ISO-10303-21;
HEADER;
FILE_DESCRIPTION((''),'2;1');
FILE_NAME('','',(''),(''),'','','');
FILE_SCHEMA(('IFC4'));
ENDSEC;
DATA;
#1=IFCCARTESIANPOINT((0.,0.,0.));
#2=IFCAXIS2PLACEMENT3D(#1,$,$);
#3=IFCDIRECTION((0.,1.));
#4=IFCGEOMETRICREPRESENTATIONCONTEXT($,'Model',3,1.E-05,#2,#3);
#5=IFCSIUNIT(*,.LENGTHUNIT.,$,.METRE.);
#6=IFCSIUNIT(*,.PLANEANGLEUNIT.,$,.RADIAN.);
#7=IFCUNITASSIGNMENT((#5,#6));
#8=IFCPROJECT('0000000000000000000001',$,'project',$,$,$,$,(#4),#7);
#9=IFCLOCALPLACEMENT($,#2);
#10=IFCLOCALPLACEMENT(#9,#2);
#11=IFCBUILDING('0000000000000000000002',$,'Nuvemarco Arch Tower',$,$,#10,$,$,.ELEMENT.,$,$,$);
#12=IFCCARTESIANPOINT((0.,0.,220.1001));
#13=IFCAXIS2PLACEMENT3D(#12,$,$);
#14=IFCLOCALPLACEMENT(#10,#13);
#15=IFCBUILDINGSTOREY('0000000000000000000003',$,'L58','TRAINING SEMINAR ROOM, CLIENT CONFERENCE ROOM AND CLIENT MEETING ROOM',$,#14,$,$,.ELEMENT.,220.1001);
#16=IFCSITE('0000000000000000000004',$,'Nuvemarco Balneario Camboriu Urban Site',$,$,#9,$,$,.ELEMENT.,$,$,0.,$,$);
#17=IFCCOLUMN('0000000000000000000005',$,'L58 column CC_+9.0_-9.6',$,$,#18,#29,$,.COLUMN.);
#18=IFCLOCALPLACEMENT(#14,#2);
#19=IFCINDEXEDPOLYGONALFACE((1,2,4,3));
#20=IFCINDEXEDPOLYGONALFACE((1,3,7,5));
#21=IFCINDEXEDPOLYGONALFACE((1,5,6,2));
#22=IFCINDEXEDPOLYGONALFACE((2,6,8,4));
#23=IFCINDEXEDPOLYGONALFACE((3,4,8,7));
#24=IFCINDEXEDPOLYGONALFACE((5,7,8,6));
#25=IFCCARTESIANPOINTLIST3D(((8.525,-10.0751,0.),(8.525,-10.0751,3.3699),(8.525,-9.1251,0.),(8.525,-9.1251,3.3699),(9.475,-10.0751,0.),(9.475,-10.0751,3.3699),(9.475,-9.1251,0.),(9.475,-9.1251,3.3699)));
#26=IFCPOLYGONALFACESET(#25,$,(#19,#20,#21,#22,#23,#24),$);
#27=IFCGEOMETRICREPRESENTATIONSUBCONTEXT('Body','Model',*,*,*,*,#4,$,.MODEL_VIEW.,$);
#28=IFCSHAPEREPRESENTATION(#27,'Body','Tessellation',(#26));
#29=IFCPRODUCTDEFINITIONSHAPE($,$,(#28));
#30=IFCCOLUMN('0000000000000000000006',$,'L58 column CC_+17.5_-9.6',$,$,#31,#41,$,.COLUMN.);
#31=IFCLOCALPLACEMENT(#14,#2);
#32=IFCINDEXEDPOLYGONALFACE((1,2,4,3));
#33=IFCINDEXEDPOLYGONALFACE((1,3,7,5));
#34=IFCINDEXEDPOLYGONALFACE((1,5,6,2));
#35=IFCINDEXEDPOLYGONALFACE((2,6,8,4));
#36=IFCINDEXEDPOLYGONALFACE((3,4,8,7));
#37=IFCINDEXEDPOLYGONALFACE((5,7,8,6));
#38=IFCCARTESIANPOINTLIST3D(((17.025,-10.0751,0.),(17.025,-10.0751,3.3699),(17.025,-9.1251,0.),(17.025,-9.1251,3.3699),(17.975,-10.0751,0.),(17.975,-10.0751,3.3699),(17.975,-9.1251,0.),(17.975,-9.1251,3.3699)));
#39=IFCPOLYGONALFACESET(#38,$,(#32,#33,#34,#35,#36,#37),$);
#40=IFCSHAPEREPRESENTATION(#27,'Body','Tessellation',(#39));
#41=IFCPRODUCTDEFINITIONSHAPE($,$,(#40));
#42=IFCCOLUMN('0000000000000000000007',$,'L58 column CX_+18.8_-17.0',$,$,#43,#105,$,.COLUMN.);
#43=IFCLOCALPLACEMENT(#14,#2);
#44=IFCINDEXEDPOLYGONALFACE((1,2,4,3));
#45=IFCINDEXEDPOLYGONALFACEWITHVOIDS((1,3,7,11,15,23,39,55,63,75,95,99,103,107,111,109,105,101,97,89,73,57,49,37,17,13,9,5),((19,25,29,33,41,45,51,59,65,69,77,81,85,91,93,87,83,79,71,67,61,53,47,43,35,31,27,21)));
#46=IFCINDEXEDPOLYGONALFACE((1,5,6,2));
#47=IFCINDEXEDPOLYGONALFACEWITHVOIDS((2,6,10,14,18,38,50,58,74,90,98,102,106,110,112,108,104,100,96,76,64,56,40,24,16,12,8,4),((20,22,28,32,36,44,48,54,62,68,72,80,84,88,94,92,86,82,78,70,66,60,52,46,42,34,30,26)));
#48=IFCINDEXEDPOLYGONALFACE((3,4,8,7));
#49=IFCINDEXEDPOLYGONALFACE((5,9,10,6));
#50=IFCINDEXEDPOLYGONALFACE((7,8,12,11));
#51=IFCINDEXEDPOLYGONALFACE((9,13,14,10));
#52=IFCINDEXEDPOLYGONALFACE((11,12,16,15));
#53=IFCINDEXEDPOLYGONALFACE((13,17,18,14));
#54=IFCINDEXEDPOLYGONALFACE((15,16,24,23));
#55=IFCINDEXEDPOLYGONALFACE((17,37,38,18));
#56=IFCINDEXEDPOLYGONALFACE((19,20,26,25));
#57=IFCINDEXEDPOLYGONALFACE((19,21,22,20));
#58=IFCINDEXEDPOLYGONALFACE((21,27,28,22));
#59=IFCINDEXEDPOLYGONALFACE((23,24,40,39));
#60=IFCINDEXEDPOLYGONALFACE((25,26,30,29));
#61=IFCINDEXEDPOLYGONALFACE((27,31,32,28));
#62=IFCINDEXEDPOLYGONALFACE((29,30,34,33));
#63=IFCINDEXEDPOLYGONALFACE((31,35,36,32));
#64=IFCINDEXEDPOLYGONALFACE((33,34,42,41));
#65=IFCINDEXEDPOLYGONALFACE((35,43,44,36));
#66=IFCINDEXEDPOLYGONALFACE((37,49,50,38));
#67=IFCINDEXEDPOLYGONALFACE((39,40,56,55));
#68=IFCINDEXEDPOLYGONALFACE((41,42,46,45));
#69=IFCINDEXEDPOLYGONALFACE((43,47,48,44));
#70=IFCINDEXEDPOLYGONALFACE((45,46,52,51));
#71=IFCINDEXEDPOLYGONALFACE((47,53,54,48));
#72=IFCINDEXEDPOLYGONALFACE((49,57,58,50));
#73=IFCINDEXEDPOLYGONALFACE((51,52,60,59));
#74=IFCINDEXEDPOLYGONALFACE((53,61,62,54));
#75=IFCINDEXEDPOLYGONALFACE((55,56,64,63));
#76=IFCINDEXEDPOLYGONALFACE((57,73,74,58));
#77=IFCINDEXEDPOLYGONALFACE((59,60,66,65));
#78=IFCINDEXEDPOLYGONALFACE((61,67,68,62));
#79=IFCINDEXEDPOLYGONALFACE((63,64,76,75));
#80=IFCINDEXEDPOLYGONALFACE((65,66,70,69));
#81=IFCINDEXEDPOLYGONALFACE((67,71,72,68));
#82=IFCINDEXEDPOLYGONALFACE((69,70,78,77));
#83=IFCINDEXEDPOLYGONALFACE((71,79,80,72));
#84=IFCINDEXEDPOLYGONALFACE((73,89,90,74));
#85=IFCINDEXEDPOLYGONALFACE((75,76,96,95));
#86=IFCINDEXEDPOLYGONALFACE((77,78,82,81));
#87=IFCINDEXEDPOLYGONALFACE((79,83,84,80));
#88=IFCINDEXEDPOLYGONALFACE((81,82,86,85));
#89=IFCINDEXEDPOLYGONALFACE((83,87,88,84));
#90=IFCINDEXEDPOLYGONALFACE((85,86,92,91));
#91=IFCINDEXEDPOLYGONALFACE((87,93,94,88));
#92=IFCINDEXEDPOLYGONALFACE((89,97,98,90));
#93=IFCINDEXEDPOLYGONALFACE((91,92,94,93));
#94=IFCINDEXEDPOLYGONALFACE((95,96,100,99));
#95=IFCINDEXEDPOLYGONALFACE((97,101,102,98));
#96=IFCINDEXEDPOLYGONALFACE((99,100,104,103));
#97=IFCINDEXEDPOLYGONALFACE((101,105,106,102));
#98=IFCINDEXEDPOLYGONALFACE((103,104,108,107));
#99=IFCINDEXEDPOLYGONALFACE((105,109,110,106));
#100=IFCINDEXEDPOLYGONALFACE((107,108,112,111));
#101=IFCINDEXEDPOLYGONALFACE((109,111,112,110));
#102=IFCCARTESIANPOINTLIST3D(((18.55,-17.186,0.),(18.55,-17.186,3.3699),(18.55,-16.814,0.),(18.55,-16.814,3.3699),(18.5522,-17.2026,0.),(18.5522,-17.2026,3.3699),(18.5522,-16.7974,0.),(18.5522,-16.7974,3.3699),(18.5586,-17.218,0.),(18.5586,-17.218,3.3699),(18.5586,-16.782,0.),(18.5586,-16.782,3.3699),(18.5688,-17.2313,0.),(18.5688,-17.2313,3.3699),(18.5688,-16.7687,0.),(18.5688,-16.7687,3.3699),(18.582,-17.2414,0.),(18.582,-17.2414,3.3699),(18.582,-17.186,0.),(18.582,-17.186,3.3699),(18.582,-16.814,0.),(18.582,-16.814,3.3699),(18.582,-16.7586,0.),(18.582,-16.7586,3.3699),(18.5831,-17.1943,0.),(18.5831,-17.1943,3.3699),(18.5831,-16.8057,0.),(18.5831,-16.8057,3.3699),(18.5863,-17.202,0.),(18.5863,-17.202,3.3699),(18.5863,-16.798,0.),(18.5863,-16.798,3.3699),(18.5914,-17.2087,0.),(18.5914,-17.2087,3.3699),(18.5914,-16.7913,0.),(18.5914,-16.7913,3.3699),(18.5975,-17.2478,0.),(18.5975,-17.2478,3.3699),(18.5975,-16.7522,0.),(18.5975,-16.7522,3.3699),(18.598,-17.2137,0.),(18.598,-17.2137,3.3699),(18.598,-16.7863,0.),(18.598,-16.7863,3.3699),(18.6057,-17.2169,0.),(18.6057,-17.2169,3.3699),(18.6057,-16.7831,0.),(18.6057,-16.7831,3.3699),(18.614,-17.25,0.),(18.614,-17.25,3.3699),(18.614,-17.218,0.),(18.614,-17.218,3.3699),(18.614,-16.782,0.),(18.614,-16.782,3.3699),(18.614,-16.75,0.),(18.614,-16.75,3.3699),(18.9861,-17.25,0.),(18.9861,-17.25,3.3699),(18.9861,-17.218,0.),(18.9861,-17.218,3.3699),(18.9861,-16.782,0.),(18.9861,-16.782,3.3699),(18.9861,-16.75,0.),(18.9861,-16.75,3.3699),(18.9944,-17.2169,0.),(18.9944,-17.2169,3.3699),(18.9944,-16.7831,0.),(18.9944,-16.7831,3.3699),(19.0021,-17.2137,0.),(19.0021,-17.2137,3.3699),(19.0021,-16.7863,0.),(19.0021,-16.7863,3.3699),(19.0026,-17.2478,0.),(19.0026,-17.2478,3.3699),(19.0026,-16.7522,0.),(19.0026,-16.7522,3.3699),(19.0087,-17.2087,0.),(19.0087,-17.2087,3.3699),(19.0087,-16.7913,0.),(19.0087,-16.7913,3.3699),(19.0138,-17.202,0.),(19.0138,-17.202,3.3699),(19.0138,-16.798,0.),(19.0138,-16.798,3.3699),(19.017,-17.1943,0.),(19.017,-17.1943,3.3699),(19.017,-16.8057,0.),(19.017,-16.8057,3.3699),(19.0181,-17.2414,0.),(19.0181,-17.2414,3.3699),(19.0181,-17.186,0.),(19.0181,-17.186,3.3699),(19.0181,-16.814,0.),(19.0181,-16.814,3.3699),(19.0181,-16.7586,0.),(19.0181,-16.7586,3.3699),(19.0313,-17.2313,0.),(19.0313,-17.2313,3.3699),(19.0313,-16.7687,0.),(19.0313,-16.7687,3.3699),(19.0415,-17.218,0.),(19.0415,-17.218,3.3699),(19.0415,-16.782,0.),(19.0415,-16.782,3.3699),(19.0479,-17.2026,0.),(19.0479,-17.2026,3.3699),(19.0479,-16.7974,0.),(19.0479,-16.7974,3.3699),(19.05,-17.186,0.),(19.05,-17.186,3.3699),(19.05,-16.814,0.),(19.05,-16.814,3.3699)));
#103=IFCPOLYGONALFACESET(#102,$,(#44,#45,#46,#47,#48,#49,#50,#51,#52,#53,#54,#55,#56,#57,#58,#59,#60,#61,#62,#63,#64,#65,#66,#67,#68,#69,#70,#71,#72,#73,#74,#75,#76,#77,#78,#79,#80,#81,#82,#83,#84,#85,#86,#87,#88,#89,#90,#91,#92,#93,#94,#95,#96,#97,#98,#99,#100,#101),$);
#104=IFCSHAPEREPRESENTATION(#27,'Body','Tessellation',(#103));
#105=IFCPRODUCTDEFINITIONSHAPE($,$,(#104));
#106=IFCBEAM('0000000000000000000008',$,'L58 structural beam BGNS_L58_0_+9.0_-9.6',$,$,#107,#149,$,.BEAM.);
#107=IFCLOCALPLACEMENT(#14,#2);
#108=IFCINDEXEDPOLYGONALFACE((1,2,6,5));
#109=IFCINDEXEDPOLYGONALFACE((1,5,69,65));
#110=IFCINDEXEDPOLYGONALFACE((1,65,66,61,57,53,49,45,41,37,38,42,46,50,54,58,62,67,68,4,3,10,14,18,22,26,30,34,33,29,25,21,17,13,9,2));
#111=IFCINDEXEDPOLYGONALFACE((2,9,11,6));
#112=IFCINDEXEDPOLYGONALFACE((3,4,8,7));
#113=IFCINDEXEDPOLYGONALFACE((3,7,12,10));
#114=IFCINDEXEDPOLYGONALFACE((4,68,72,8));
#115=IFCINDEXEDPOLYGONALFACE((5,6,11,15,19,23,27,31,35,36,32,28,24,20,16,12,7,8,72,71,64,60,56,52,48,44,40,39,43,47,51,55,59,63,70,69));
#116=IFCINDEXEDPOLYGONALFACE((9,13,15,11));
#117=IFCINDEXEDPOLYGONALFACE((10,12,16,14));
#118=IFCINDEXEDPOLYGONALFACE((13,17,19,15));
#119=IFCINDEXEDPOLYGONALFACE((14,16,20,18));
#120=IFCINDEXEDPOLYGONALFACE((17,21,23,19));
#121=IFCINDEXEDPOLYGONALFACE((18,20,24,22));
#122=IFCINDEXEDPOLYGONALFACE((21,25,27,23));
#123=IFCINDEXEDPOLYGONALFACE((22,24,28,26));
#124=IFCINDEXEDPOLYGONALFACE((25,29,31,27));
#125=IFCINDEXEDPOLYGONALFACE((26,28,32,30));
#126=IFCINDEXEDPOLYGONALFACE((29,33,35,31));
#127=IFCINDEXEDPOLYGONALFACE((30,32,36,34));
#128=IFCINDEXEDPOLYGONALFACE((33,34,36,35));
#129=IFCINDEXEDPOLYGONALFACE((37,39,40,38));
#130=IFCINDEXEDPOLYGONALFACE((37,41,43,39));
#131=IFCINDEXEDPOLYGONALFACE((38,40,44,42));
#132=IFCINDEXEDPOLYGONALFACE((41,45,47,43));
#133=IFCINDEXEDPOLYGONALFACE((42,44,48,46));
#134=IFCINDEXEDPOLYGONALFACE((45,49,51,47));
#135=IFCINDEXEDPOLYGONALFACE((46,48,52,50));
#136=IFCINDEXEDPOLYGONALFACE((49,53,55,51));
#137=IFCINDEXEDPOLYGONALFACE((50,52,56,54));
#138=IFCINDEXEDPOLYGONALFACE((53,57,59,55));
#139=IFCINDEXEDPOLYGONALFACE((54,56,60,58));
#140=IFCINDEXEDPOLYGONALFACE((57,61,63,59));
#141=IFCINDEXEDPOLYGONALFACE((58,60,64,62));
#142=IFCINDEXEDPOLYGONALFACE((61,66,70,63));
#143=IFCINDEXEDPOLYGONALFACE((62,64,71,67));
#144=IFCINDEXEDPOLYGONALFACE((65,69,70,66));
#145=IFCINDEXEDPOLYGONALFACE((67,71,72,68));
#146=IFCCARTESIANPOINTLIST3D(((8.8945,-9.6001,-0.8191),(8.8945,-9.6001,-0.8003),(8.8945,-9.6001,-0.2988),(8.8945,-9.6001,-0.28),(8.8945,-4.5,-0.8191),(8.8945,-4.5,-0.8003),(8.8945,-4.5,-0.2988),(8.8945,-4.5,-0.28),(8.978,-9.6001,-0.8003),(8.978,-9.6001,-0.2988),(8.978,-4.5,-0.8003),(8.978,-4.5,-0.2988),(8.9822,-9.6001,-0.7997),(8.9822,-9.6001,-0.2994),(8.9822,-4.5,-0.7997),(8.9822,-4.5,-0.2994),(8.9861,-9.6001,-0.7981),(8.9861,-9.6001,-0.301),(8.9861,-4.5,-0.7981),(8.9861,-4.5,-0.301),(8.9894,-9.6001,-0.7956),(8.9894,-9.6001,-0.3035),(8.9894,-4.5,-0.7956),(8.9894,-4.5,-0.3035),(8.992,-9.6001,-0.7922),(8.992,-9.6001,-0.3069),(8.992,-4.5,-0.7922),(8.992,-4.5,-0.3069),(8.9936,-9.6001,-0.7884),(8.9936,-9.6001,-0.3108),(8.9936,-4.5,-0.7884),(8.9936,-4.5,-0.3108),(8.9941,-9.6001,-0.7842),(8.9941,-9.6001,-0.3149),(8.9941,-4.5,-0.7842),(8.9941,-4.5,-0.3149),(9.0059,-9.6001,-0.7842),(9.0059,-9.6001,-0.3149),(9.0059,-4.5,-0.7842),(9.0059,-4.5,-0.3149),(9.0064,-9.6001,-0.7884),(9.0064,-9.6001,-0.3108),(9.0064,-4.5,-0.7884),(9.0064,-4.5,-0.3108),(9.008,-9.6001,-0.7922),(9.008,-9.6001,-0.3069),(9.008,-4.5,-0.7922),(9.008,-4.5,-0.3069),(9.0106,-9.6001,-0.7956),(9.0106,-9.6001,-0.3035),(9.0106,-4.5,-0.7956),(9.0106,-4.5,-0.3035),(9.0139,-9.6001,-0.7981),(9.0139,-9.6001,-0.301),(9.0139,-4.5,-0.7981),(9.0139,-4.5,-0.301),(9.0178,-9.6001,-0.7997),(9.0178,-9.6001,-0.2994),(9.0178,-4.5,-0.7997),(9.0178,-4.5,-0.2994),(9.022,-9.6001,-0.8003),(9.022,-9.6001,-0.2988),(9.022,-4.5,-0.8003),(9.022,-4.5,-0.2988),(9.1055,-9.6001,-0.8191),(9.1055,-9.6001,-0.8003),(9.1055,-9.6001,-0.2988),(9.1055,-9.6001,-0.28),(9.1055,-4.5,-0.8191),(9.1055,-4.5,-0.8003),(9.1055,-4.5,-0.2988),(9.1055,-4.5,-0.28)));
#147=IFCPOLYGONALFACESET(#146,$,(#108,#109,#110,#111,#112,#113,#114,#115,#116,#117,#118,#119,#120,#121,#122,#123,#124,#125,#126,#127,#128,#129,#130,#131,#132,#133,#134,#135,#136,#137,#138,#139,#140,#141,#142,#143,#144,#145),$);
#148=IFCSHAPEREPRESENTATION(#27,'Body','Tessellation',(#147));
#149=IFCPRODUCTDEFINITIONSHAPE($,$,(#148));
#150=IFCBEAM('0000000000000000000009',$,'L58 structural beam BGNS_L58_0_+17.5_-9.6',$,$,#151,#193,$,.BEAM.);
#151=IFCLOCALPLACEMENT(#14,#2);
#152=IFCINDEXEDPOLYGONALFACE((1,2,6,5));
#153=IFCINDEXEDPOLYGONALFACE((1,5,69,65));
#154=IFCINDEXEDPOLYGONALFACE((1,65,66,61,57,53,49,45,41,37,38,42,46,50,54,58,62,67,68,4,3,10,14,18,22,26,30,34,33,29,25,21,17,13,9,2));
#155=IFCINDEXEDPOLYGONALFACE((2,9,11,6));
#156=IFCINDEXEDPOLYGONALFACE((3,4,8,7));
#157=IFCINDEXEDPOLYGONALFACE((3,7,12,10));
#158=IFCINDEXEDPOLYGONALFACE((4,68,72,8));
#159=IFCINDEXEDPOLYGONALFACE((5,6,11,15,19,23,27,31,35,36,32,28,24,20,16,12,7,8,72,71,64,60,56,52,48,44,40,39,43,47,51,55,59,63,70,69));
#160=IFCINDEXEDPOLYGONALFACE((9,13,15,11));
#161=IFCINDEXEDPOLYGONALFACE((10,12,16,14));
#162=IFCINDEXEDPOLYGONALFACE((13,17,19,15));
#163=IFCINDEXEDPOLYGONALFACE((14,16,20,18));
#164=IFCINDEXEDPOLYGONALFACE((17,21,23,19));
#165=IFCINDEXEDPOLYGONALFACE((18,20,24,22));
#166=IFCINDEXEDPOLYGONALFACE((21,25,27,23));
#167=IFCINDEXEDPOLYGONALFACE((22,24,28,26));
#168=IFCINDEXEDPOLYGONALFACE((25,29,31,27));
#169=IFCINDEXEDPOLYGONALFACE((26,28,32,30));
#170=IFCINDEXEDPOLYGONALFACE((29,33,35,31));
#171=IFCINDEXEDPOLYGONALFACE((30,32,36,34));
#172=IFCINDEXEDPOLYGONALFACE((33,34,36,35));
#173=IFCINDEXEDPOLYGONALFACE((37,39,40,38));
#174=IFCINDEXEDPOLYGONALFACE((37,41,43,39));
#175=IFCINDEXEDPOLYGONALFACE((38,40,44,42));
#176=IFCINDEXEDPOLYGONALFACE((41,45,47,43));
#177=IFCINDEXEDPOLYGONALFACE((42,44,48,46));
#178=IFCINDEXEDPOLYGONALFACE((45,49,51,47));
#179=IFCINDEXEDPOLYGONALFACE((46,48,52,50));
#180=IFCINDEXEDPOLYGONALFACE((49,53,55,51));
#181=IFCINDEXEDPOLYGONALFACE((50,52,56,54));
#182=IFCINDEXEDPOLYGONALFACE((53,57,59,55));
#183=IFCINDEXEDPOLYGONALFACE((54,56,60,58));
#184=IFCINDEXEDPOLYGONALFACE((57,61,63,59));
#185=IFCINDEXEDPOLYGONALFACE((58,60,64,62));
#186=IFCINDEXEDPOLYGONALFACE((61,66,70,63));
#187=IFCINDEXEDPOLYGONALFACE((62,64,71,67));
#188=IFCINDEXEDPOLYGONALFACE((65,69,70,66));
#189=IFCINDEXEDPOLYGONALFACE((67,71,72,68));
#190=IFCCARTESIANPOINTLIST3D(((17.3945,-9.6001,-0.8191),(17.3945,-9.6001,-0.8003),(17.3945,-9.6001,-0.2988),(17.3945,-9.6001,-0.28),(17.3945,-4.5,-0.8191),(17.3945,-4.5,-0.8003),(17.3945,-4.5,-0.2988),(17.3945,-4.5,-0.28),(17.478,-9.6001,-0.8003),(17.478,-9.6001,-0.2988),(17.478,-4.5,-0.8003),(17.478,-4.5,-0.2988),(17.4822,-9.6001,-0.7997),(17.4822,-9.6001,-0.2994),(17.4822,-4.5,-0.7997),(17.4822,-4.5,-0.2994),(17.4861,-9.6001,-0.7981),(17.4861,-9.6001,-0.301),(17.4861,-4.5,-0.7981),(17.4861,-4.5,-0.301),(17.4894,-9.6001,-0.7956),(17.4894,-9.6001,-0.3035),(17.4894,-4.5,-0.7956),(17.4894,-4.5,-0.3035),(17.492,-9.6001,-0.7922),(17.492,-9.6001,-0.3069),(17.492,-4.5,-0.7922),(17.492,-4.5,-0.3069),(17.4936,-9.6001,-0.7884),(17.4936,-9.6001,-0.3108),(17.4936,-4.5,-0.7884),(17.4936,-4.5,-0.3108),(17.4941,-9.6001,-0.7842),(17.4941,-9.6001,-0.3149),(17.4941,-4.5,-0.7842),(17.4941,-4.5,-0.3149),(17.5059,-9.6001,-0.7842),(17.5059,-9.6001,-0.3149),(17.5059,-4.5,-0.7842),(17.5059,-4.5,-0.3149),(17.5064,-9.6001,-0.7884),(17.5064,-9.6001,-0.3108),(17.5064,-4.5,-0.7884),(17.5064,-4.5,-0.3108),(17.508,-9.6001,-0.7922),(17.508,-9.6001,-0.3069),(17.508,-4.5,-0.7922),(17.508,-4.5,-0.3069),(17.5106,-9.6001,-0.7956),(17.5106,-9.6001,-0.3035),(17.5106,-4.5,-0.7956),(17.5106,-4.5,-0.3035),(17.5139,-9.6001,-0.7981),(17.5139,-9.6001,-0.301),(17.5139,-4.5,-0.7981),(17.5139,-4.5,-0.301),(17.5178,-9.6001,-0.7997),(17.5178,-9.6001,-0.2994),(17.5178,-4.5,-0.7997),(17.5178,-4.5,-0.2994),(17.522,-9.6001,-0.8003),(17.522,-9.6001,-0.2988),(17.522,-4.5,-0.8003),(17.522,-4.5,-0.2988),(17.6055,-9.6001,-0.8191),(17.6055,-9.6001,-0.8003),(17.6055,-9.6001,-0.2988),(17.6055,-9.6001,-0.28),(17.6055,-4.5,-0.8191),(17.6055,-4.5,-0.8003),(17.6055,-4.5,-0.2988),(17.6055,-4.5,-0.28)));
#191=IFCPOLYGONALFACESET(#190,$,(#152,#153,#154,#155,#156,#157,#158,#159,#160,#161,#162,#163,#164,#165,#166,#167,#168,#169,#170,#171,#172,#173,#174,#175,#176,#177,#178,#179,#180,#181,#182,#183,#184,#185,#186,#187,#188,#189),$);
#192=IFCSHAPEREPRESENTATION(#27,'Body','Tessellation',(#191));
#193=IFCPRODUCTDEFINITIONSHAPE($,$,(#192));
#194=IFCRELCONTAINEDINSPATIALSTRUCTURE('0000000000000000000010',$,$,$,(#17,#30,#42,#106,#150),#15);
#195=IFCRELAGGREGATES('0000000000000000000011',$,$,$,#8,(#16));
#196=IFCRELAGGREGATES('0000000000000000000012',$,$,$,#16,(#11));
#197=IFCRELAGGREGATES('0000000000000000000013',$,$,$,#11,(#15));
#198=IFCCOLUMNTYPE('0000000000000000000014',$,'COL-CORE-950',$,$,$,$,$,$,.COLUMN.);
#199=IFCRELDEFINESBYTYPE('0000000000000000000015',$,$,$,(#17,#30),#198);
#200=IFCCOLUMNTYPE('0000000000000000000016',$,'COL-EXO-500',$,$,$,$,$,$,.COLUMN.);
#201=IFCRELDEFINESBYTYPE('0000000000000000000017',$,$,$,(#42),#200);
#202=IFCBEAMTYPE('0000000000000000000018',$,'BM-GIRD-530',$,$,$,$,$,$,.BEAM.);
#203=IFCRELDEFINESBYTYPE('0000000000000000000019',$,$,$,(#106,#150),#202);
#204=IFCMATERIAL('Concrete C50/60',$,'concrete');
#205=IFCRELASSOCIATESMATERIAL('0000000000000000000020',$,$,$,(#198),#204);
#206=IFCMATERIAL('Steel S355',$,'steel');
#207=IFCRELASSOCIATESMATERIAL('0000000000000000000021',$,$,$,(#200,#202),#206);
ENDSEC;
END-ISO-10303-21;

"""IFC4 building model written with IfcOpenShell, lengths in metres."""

from ifc_helpers import new_model, si_unit, direction, frame, origin, origin_2d, place, context, subcontext, project, spatial, rectangle, hollow_rectangle, i_section, extrude, material, material_profile, profile_set, type_object, element, save


model = new_model("IFC4")

# Units and contexts
model_context = context("Model", 3, precision=1e-05, world=origin(), true_north=direction((0.0, 1.0)))
body_context = subcontext(model_context, "Body", "Model", "MODEL_VIEW")
ifc_project = project(units=[si_unit("LENGTHUNIT", "METRE"), si_unit("PLANEANGLEUNIT", "RADIAN")], contexts=[model_context])

# Site, building, storey
site_placement = place(None, origin())
site = spatial("IfcSite", under=ifc_project, at=site_placement, Name="Nuvemarco Balneario Camboriu Urban Site", CompositionType="ELEMENT", RefElevation=0.0)
building_placement = place(site_placement, origin())
building = spatial("IfcBuilding", under=site, at=building_placement, Name="Nuvemarco Arch Tower", CompositionType="ELEMENT")
storey_placement = place(building_placement, frame((0.0, 0.0, 220.1001)))
storey = spatial("IfcBuildingStorey", under=building, at=storey_placement, Name="L58", Description="TRAINING SEMINAR ROOM, CLIENT CONFERENCE ROOM AND CLIENT MEETING ROOM", CompositionType="ELEMENT", Elevation=220.1001)

# Columns
ifc_material_1 = material(Name="Concrete C50/60", Category="concrete")
ifc_material_profile_1 = material_profile(ifc_material_1, rectangle(XDim=0.95, YDim=0.95, at=origin_2d()), Name="RC-COL-950x950")
ifc_profile_set_1 = profile_set([ifc_material_profile_1], Name="Concrete C50/60")
column_type_1 = type_object("IfcColumnType", Name="COL-CORE-950", PredefinedType="COLUMN", material=ifc_profile_set_1)
for number, where, z_axis, x_axis, name in (
    (1, (9.0, -9.6001, 0.0), (0.0, 0.0, 1.0), (1.0, 0.0, 0.0), "L58 column CC_+9.0_-9.6"),
    (2, (17.5, -9.6001, 0.0), (0.0, 0.0, 1.0), (1.0, 0.0, 0.0), "L58 column CC_+17.5_-9.6"),
):
    element("IfcColumn", number, at=place(storey_placement, frame(where, z_axis=z_axis, x_axis=x_axis)), inside=storey, type_object=column_type_1, Name=name, PredefinedType="COLUMN", context=body_context, shape_type="SweptSolid", body=[
        extrude(rectangle(XDim=0.95, YDim=0.95, at=origin_2d()), origin(), (0.0, 0.0, 1.0), 3.3699),
    ])
ifc_material_2 = material(Name="Steel S355", Category="steel")
ifc_material_profile_2 = material_profile(ifc_material_2, hollow_rectangle(XDim=0.5, YDim=0.5, WallThickness=0.032, InnerFilletRadius=0.032, OuterFilletRadius=0.064, at=origin_2d()), Name="SHS500x500x32")
ifc_profile_set_2 = profile_set([ifc_material_profile_2], Name="Steel S355")
column_type_2 = type_object("IfcColumnType", Name="COL-EXO-500", PredefinedType="COLUMN", material=ifc_profile_set_2)
column_placement = place(storey_placement, frame((18.8, -17.0, 0.0), z_axis=(0.0, 0.0, 1.0), x_axis=(1.0, 0.0, 0.0)))
element("IfcColumn", 3, at=column_placement, inside=storey, type_object=column_type_2, Name="L58 column CX_+18.8_-17.0", PredefinedType="COLUMN", context=body_context, shape_type="SweptSolid", body=[
    extrude(hollow_rectangle(XDim=0.5, YDim=0.5, WallThickness=0.032, InnerFilletRadius=0.032, OuterFilletRadius=0.064, at=origin_2d()), origin(), (0.0, 0.0, 1.0), 3.3699),
])

# Beams
ifc_material_profile_3 = material_profile(ifc_material_2, i_section(OverallWidth=0.2109, OverallDepth=0.5391, WebThickness=0.0117, FlangeThickness=0.0188, FilletRadius=0.0161, at=origin_2d()), Name="W530x109")
ifc_profile_set_3 = profile_set([ifc_material_profile_3], Name="Steel S355")
beam_type_1 = type_object("IfcBeamType", Name="BM-GIRD-530", PredefinedType="BEAM", material=ifc_profile_set_3)
for number, where, z_axis, x_axis, name in (
    (4, (9.0, -9.6001, -0.5496), (0.0, 1.0, 0.0), (-1.0, 0.0, 0.0), "L58 structural beam BGNS_L58_0_+9.0_-9.6"),
    (5, (17.5, -9.6001, -0.5496), (0.0, 1.0, 0.0), (-1.0, 0.0, 0.0), "L58 structural beam BGNS_L58_0_+17.5_-9.6"),
):
    element("IfcBeam", number, at=place(storey_placement, frame(where, z_axis=z_axis, x_axis=x_axis)), inside=storey, type_object=beam_type_1, Name=name, PredefinedType="BEAM", context=body_context, shape_type="SweptSolid", body=[
        extrude(i_section(OverallWidth=0.2109, OverallDepth=0.5391, WebThickness=0.0117, FlangeThickness=0.0188, FilletRadius=0.0161, at=origin_2d()), origin(), (0.0, 0.0, 1.0), 5.1001),
    ])

save(model, "model.ifc")
